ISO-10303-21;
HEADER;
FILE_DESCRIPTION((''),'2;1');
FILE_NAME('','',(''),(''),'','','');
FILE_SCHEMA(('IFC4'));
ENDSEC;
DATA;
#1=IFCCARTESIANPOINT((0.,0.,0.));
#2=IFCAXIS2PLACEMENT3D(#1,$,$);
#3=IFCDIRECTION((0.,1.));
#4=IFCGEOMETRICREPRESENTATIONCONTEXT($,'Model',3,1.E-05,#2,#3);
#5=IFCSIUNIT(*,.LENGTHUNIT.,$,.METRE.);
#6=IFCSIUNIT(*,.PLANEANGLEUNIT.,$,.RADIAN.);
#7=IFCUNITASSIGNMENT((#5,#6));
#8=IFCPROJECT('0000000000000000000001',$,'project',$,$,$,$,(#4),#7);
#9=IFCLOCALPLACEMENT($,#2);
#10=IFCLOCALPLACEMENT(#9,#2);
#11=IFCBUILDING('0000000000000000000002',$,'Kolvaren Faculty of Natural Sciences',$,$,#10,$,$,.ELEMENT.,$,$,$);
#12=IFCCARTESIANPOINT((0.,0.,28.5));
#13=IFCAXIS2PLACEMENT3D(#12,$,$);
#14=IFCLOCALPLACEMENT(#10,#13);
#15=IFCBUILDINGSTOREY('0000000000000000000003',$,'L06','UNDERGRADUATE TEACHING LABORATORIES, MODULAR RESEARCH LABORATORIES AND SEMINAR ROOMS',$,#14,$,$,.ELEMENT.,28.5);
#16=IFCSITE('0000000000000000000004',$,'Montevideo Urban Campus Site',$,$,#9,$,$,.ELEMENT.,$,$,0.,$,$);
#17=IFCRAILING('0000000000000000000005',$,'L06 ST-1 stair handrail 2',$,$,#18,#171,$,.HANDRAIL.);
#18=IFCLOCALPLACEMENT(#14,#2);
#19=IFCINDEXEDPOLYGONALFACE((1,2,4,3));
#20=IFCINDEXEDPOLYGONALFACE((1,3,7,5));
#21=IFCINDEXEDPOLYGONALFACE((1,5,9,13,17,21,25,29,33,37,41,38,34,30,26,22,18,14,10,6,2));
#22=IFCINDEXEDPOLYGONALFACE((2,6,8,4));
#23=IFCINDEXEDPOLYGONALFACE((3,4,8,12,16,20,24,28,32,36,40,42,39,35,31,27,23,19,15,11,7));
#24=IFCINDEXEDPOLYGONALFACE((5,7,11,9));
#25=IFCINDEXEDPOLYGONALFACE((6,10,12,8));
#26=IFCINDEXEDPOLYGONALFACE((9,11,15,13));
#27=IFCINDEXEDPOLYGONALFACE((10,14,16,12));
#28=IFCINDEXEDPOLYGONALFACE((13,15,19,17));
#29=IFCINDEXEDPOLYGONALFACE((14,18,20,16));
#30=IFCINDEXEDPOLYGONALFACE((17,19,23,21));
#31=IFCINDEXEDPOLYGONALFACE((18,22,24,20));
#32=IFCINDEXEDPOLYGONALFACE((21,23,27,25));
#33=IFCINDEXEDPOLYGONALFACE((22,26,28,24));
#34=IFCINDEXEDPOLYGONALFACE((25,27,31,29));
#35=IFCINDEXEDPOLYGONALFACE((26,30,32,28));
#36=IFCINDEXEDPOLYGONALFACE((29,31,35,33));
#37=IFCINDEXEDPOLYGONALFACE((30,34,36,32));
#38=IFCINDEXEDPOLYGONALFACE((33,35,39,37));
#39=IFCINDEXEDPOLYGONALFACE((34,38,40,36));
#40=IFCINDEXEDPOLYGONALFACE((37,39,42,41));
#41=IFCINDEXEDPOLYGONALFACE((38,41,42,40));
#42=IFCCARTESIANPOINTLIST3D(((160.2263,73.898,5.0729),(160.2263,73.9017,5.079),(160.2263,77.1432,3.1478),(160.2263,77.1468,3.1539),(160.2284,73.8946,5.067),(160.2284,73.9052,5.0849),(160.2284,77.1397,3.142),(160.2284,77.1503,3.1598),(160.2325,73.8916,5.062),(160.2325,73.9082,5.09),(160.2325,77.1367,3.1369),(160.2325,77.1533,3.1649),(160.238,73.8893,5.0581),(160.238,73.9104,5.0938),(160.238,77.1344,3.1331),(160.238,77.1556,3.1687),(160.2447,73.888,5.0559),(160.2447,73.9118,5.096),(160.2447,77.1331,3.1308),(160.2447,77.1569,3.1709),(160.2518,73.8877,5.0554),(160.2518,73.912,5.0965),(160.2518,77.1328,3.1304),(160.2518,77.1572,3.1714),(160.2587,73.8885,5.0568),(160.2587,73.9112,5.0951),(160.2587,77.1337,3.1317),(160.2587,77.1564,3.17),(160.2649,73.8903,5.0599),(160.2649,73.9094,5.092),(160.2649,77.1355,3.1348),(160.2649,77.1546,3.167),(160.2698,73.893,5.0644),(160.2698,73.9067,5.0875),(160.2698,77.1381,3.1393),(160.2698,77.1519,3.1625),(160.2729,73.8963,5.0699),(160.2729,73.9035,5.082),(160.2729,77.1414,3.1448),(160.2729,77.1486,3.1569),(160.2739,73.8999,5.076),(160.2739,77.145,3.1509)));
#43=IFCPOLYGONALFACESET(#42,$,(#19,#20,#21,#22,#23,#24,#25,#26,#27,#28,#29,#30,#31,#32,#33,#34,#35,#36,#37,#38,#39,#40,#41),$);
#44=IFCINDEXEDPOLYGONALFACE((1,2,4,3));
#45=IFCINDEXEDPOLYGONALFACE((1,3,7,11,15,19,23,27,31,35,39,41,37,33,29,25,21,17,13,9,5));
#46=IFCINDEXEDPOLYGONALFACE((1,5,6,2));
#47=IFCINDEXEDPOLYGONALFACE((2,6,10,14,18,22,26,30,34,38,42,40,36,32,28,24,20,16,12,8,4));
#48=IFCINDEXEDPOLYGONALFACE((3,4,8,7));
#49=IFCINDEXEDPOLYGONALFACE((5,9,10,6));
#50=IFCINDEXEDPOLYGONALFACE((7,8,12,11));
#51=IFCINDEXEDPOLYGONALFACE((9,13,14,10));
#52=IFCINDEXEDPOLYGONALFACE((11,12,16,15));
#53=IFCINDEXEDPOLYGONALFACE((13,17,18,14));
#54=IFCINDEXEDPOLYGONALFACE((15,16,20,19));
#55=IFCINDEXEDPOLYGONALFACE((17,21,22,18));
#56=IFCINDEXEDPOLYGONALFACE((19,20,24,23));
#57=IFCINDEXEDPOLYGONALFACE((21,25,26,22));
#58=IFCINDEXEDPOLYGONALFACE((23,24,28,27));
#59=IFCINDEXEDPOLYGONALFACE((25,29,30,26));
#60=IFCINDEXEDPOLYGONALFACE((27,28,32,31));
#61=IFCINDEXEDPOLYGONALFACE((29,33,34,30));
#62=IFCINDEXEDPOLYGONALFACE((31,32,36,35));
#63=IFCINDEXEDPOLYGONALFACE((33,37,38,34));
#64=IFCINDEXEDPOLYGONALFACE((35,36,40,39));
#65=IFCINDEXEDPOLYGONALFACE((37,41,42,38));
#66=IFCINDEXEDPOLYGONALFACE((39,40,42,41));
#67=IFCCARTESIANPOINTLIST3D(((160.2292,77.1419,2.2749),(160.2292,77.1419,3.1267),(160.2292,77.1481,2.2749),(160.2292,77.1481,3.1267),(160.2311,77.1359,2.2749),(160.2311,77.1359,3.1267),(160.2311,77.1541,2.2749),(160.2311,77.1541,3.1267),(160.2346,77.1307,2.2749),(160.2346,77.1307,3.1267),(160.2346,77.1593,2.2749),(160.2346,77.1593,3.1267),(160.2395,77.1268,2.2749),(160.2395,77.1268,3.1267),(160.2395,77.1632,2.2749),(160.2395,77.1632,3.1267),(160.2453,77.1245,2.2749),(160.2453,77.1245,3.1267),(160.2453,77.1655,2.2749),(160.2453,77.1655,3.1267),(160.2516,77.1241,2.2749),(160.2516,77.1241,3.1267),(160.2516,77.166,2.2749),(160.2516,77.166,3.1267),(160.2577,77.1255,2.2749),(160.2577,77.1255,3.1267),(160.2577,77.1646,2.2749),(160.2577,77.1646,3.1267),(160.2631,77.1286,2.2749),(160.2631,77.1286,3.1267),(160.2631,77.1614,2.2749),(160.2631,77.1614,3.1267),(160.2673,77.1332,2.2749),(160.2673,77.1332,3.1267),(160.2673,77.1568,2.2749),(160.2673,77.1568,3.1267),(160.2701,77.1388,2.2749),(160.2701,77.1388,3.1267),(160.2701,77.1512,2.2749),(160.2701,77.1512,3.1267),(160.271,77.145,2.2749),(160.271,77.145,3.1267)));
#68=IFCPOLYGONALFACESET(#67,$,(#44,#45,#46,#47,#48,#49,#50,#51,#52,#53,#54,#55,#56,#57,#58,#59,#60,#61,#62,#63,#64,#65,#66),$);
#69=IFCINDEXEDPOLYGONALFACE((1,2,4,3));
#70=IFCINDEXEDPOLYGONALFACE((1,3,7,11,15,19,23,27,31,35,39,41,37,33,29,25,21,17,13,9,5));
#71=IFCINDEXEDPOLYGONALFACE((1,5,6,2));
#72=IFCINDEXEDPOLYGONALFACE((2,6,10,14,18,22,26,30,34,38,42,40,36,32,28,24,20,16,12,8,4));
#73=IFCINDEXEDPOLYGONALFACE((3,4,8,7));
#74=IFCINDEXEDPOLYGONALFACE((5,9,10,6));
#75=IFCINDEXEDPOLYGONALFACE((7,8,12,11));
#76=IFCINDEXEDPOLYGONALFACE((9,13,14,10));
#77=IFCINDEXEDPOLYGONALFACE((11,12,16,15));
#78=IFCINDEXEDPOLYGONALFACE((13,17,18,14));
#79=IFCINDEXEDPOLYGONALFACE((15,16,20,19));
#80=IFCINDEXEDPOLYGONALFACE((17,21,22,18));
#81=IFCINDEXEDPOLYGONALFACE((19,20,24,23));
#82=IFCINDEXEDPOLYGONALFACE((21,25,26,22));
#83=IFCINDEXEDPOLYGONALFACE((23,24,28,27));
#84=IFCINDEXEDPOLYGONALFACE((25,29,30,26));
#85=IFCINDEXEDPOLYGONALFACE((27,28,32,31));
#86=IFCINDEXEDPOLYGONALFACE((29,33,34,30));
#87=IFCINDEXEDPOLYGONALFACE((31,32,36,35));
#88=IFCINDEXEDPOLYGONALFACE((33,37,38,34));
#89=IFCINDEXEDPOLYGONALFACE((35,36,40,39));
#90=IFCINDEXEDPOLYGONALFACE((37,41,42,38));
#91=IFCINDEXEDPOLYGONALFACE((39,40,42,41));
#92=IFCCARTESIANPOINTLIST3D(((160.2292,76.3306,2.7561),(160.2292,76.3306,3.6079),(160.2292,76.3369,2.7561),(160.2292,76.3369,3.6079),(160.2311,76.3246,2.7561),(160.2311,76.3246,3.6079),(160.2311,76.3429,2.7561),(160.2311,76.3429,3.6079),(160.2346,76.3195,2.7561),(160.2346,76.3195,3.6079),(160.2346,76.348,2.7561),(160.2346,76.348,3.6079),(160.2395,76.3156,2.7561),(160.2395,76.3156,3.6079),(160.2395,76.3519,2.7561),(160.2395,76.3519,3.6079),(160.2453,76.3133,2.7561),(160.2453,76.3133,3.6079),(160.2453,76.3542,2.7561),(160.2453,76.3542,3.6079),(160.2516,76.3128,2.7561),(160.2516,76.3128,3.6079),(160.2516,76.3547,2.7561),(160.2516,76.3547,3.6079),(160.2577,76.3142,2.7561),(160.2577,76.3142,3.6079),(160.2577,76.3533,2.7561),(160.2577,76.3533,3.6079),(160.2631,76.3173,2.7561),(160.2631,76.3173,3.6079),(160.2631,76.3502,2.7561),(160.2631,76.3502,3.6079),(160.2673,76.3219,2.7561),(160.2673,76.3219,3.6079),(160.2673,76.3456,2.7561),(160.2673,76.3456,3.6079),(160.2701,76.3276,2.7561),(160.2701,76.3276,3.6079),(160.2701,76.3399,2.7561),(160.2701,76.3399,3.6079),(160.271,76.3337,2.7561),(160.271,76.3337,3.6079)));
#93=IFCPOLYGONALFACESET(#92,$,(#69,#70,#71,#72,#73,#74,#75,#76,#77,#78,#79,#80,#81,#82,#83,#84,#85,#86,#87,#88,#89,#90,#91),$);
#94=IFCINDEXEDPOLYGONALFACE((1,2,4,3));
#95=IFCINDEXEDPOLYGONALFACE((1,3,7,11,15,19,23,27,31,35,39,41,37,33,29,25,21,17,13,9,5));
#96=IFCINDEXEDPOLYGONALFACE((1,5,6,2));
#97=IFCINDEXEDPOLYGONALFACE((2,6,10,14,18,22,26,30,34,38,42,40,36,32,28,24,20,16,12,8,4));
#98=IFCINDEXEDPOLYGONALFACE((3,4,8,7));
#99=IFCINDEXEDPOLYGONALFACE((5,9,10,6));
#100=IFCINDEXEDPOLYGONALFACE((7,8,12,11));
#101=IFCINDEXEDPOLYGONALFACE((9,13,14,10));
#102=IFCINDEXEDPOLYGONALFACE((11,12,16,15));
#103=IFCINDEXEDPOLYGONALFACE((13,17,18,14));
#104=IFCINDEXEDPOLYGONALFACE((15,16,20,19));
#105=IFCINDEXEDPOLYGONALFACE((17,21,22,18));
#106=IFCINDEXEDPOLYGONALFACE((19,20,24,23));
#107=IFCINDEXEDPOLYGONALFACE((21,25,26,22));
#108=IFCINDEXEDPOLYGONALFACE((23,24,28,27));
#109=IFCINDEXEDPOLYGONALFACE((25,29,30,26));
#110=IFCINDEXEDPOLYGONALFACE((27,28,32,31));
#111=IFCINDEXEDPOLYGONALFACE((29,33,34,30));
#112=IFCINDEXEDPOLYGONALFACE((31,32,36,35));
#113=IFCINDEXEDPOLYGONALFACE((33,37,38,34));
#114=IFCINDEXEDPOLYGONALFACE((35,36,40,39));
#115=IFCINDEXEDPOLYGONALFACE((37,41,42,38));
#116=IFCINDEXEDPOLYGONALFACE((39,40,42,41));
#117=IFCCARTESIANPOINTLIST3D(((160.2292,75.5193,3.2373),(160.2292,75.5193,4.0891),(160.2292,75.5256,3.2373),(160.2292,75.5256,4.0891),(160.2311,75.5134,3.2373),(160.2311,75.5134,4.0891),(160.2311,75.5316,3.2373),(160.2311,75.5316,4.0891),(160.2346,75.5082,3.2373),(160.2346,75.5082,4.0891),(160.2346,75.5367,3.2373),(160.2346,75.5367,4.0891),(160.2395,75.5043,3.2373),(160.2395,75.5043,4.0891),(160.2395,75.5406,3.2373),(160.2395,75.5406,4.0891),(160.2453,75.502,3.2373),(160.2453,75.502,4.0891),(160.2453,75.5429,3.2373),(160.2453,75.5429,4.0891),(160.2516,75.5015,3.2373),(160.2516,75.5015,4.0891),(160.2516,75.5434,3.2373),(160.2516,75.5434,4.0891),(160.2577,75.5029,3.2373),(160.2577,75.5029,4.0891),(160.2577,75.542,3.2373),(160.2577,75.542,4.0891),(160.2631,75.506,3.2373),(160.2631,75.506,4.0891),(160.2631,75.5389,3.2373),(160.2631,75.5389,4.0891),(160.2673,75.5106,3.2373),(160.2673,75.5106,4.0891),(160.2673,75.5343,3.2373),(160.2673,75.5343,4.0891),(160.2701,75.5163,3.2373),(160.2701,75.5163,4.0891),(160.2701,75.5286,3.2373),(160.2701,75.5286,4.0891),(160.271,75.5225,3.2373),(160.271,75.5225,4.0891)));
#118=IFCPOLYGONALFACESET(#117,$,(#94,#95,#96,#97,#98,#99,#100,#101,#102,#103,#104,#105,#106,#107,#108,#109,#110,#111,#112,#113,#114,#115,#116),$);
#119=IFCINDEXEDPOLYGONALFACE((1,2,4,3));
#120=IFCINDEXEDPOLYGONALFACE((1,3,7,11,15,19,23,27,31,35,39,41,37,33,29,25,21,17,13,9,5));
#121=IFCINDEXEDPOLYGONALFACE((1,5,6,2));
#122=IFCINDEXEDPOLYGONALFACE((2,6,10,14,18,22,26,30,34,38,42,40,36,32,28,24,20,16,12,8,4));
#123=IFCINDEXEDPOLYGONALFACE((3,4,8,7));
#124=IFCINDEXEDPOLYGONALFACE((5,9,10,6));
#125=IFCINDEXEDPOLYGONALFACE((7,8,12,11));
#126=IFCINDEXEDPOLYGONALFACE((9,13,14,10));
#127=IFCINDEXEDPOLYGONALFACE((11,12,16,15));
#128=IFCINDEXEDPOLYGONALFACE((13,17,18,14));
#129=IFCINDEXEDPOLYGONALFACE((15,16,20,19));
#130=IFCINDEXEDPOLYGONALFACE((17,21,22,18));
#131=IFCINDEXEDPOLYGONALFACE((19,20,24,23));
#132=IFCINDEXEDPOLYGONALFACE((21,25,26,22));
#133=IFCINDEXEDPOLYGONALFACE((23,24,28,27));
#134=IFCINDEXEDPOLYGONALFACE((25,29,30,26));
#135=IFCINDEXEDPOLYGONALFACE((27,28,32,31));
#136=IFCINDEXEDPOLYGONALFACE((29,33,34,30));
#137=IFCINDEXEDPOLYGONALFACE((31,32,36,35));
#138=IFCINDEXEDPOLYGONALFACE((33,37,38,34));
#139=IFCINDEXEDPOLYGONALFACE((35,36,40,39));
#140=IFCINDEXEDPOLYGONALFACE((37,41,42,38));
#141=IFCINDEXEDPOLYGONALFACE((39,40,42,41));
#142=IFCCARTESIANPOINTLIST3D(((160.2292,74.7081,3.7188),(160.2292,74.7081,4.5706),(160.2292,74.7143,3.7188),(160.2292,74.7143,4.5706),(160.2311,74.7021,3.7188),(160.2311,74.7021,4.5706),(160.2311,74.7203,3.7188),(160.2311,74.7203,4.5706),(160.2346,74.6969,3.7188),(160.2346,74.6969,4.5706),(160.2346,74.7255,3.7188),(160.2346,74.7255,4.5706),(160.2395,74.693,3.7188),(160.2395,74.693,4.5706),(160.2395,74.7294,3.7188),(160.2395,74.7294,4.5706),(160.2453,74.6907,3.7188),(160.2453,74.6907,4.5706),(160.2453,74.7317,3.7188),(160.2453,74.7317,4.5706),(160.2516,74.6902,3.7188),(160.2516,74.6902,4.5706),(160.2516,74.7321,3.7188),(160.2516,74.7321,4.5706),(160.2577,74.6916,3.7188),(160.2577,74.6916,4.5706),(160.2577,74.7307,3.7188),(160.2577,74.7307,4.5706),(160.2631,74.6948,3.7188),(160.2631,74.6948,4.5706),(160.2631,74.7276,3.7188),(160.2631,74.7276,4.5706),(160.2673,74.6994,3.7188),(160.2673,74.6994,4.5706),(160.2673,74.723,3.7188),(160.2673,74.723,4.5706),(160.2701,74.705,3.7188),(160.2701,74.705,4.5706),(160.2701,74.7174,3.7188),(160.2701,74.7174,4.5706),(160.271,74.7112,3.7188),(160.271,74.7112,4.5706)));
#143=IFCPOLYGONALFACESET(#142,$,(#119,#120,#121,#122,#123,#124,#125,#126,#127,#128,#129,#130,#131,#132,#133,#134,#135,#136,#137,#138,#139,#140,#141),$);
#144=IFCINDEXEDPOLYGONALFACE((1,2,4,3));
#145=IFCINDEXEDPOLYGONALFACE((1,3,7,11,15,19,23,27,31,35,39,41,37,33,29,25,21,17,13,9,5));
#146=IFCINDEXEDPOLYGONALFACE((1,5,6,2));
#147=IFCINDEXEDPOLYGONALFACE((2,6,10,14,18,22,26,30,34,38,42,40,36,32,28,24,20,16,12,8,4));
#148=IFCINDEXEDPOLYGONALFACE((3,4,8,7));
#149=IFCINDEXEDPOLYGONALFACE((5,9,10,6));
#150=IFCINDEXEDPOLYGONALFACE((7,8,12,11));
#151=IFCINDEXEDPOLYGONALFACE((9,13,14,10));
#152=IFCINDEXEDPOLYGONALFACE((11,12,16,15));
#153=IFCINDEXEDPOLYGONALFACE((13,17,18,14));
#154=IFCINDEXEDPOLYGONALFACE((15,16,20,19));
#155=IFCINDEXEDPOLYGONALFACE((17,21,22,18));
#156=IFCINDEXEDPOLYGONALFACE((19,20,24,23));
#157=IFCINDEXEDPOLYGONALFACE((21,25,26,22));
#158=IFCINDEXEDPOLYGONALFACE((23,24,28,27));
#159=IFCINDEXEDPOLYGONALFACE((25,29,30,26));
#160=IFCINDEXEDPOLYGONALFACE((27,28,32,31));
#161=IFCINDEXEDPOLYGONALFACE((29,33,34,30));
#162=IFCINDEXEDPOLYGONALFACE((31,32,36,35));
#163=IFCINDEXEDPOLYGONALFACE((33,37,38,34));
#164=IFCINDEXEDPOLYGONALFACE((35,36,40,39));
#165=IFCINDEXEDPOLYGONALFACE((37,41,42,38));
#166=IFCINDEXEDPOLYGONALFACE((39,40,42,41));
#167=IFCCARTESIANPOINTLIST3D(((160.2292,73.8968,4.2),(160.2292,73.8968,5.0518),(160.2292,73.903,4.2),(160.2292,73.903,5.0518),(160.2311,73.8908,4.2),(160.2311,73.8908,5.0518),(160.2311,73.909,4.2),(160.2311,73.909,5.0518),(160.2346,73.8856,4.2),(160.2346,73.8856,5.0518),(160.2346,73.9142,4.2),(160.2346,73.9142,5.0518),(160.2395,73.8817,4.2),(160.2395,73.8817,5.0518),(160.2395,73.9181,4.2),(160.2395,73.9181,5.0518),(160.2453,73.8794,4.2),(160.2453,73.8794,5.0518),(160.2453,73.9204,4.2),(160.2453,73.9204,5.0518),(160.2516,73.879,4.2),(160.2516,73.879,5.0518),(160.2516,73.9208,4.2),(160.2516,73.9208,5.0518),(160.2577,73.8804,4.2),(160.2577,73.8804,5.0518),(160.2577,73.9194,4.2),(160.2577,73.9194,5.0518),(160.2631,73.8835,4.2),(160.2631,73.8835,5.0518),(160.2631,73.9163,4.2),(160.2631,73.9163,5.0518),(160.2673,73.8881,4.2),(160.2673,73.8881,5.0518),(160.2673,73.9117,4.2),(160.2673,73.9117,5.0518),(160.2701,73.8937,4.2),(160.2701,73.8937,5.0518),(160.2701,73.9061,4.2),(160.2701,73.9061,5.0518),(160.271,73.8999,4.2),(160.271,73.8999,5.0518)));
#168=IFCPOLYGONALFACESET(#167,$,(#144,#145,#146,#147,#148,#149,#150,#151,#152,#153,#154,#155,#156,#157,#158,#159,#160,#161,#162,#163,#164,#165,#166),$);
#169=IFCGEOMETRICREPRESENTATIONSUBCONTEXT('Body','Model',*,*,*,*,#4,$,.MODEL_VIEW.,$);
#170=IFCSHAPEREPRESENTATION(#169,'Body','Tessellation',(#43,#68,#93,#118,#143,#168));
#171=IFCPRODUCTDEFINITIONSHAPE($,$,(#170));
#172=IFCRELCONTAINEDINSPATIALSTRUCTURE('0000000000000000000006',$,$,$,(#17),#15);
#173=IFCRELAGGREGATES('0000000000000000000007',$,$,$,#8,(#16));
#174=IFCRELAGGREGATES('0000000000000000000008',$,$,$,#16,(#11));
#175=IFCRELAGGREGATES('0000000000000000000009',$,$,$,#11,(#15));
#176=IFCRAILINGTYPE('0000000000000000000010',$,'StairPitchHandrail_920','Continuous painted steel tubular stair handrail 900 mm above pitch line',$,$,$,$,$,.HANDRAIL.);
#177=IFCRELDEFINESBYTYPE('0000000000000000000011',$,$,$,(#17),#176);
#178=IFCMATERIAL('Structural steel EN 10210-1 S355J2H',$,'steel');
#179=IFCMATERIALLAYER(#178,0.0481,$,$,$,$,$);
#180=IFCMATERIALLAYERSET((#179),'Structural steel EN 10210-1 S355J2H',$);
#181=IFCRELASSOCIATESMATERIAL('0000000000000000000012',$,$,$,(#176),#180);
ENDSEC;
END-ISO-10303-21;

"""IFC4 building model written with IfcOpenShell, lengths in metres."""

from ifc_helpers import new_model, si_unit, direction, frame, origin, origin_2d, place, context, subcontext, project, spatial, circle, extrude, material, layer, layer_set, type_object, element, save


model = new_model("IFC4")

# Units and contexts
model_context = context("Model", 3, precision=1e-05, world=origin(), true_north=direction((0.0, 1.0)))
body_context = subcontext(model_context, "Body", "Model", "MODEL_VIEW")
ifc_project = project(units=[si_unit("LENGTHUNIT", "METRE"), si_unit("PLANEANGLEUNIT", "RADIAN")], contexts=[model_context])

# Site, building, storey
site_placement = place(None, origin())
site = spatial("IfcSite", under=ifc_project, at=site_placement, Name="Montevideo Urban Campus Site", CompositionType="ELEMENT", RefElevation=0.0)
building_placement = place(site_placement, origin())
building = spatial("IfcBuilding", under=site, at=building_placement, Name="Kolvaren Faculty of Natural Sciences", CompositionType="ELEMENT")
storey_placement = place(building_placement, frame((0.0, 0.0, 28.5)))
storey = spatial("IfcBuildingStorey", under=building, at=storey_placement, Name="L06", Description="UNDERGRADUATE TEACHING LABORATORIES, MODULAR RESEARCH LABORATORIES AND SEMINAR ROOMS", CompositionType="ELEMENT", Elevation=28.5)

# Railing
ifc_material_1 = material(Name="Structural steel EN 10210-1 S355J2H", Category="steel")
ifc_layer_1 = layer(ifc_material_1, 0.0481)
ifc_layer_set_1 = layer_set([ifc_layer_1], Name="Structural steel EN 10210-1 S355J2H")
railing_type_1 = type_object("IfcRailingType", Name="StairPitchHandrail_920", Description="Continuous painted steel tubular stair handrail 900 mm above pitch line", PredefinedType="HANDRAIL", material=ifc_layer_set_1)
railing_1_placement = place(storey_placement, frame((160.25, 77.145, 2.2749)))
element("IfcRailing", 1, at=railing_1_placement, inside=storey, type_object=railing_type_1, Name="L06 ST-1 stair handrail 2", PredefinedType="HANDRAIL", context=body_context, shape_type="SweptSolid", body=[
    extrude(circle(Radius=0.0239, at=origin_2d()), frame((0.0, 0.0, 0.876), z_axis=(0.0, -0.860057, 0.510198), x_axis=(1.0, 0.0, 0.0)), (0.0, 0.0, 1.0), 3.7732),
    extrude(circle(Radius=0.021, at=origin_2d()), origin(), (0.0, 0.0, 1.0), 0.8518),
    extrude(circle(Radius=0.021, at=origin_2d()), frame((0.0, -0.8113, 0.4812)), (0.0, 0.0, 1.0), 0.8518),
    extrude(circle(Radius=0.021, at=origin_2d()), frame((0.0, -1.6226, 0.9624)), (0.0, 0.0, 1.0), 0.8518),
    extrude(circle(Radius=0.021, at=origin_2d()), frame((0.0, -2.4338, 1.4438)), (0.0, 0.0, 1.0), 0.8518),
    extrude(circle(Radius=0.021, at=origin_2d()), frame((0.0, -3.2451, 1.925)), (0.0, 0.0, 1.0), 0.8518),
])

save(model, "model.ifc")
